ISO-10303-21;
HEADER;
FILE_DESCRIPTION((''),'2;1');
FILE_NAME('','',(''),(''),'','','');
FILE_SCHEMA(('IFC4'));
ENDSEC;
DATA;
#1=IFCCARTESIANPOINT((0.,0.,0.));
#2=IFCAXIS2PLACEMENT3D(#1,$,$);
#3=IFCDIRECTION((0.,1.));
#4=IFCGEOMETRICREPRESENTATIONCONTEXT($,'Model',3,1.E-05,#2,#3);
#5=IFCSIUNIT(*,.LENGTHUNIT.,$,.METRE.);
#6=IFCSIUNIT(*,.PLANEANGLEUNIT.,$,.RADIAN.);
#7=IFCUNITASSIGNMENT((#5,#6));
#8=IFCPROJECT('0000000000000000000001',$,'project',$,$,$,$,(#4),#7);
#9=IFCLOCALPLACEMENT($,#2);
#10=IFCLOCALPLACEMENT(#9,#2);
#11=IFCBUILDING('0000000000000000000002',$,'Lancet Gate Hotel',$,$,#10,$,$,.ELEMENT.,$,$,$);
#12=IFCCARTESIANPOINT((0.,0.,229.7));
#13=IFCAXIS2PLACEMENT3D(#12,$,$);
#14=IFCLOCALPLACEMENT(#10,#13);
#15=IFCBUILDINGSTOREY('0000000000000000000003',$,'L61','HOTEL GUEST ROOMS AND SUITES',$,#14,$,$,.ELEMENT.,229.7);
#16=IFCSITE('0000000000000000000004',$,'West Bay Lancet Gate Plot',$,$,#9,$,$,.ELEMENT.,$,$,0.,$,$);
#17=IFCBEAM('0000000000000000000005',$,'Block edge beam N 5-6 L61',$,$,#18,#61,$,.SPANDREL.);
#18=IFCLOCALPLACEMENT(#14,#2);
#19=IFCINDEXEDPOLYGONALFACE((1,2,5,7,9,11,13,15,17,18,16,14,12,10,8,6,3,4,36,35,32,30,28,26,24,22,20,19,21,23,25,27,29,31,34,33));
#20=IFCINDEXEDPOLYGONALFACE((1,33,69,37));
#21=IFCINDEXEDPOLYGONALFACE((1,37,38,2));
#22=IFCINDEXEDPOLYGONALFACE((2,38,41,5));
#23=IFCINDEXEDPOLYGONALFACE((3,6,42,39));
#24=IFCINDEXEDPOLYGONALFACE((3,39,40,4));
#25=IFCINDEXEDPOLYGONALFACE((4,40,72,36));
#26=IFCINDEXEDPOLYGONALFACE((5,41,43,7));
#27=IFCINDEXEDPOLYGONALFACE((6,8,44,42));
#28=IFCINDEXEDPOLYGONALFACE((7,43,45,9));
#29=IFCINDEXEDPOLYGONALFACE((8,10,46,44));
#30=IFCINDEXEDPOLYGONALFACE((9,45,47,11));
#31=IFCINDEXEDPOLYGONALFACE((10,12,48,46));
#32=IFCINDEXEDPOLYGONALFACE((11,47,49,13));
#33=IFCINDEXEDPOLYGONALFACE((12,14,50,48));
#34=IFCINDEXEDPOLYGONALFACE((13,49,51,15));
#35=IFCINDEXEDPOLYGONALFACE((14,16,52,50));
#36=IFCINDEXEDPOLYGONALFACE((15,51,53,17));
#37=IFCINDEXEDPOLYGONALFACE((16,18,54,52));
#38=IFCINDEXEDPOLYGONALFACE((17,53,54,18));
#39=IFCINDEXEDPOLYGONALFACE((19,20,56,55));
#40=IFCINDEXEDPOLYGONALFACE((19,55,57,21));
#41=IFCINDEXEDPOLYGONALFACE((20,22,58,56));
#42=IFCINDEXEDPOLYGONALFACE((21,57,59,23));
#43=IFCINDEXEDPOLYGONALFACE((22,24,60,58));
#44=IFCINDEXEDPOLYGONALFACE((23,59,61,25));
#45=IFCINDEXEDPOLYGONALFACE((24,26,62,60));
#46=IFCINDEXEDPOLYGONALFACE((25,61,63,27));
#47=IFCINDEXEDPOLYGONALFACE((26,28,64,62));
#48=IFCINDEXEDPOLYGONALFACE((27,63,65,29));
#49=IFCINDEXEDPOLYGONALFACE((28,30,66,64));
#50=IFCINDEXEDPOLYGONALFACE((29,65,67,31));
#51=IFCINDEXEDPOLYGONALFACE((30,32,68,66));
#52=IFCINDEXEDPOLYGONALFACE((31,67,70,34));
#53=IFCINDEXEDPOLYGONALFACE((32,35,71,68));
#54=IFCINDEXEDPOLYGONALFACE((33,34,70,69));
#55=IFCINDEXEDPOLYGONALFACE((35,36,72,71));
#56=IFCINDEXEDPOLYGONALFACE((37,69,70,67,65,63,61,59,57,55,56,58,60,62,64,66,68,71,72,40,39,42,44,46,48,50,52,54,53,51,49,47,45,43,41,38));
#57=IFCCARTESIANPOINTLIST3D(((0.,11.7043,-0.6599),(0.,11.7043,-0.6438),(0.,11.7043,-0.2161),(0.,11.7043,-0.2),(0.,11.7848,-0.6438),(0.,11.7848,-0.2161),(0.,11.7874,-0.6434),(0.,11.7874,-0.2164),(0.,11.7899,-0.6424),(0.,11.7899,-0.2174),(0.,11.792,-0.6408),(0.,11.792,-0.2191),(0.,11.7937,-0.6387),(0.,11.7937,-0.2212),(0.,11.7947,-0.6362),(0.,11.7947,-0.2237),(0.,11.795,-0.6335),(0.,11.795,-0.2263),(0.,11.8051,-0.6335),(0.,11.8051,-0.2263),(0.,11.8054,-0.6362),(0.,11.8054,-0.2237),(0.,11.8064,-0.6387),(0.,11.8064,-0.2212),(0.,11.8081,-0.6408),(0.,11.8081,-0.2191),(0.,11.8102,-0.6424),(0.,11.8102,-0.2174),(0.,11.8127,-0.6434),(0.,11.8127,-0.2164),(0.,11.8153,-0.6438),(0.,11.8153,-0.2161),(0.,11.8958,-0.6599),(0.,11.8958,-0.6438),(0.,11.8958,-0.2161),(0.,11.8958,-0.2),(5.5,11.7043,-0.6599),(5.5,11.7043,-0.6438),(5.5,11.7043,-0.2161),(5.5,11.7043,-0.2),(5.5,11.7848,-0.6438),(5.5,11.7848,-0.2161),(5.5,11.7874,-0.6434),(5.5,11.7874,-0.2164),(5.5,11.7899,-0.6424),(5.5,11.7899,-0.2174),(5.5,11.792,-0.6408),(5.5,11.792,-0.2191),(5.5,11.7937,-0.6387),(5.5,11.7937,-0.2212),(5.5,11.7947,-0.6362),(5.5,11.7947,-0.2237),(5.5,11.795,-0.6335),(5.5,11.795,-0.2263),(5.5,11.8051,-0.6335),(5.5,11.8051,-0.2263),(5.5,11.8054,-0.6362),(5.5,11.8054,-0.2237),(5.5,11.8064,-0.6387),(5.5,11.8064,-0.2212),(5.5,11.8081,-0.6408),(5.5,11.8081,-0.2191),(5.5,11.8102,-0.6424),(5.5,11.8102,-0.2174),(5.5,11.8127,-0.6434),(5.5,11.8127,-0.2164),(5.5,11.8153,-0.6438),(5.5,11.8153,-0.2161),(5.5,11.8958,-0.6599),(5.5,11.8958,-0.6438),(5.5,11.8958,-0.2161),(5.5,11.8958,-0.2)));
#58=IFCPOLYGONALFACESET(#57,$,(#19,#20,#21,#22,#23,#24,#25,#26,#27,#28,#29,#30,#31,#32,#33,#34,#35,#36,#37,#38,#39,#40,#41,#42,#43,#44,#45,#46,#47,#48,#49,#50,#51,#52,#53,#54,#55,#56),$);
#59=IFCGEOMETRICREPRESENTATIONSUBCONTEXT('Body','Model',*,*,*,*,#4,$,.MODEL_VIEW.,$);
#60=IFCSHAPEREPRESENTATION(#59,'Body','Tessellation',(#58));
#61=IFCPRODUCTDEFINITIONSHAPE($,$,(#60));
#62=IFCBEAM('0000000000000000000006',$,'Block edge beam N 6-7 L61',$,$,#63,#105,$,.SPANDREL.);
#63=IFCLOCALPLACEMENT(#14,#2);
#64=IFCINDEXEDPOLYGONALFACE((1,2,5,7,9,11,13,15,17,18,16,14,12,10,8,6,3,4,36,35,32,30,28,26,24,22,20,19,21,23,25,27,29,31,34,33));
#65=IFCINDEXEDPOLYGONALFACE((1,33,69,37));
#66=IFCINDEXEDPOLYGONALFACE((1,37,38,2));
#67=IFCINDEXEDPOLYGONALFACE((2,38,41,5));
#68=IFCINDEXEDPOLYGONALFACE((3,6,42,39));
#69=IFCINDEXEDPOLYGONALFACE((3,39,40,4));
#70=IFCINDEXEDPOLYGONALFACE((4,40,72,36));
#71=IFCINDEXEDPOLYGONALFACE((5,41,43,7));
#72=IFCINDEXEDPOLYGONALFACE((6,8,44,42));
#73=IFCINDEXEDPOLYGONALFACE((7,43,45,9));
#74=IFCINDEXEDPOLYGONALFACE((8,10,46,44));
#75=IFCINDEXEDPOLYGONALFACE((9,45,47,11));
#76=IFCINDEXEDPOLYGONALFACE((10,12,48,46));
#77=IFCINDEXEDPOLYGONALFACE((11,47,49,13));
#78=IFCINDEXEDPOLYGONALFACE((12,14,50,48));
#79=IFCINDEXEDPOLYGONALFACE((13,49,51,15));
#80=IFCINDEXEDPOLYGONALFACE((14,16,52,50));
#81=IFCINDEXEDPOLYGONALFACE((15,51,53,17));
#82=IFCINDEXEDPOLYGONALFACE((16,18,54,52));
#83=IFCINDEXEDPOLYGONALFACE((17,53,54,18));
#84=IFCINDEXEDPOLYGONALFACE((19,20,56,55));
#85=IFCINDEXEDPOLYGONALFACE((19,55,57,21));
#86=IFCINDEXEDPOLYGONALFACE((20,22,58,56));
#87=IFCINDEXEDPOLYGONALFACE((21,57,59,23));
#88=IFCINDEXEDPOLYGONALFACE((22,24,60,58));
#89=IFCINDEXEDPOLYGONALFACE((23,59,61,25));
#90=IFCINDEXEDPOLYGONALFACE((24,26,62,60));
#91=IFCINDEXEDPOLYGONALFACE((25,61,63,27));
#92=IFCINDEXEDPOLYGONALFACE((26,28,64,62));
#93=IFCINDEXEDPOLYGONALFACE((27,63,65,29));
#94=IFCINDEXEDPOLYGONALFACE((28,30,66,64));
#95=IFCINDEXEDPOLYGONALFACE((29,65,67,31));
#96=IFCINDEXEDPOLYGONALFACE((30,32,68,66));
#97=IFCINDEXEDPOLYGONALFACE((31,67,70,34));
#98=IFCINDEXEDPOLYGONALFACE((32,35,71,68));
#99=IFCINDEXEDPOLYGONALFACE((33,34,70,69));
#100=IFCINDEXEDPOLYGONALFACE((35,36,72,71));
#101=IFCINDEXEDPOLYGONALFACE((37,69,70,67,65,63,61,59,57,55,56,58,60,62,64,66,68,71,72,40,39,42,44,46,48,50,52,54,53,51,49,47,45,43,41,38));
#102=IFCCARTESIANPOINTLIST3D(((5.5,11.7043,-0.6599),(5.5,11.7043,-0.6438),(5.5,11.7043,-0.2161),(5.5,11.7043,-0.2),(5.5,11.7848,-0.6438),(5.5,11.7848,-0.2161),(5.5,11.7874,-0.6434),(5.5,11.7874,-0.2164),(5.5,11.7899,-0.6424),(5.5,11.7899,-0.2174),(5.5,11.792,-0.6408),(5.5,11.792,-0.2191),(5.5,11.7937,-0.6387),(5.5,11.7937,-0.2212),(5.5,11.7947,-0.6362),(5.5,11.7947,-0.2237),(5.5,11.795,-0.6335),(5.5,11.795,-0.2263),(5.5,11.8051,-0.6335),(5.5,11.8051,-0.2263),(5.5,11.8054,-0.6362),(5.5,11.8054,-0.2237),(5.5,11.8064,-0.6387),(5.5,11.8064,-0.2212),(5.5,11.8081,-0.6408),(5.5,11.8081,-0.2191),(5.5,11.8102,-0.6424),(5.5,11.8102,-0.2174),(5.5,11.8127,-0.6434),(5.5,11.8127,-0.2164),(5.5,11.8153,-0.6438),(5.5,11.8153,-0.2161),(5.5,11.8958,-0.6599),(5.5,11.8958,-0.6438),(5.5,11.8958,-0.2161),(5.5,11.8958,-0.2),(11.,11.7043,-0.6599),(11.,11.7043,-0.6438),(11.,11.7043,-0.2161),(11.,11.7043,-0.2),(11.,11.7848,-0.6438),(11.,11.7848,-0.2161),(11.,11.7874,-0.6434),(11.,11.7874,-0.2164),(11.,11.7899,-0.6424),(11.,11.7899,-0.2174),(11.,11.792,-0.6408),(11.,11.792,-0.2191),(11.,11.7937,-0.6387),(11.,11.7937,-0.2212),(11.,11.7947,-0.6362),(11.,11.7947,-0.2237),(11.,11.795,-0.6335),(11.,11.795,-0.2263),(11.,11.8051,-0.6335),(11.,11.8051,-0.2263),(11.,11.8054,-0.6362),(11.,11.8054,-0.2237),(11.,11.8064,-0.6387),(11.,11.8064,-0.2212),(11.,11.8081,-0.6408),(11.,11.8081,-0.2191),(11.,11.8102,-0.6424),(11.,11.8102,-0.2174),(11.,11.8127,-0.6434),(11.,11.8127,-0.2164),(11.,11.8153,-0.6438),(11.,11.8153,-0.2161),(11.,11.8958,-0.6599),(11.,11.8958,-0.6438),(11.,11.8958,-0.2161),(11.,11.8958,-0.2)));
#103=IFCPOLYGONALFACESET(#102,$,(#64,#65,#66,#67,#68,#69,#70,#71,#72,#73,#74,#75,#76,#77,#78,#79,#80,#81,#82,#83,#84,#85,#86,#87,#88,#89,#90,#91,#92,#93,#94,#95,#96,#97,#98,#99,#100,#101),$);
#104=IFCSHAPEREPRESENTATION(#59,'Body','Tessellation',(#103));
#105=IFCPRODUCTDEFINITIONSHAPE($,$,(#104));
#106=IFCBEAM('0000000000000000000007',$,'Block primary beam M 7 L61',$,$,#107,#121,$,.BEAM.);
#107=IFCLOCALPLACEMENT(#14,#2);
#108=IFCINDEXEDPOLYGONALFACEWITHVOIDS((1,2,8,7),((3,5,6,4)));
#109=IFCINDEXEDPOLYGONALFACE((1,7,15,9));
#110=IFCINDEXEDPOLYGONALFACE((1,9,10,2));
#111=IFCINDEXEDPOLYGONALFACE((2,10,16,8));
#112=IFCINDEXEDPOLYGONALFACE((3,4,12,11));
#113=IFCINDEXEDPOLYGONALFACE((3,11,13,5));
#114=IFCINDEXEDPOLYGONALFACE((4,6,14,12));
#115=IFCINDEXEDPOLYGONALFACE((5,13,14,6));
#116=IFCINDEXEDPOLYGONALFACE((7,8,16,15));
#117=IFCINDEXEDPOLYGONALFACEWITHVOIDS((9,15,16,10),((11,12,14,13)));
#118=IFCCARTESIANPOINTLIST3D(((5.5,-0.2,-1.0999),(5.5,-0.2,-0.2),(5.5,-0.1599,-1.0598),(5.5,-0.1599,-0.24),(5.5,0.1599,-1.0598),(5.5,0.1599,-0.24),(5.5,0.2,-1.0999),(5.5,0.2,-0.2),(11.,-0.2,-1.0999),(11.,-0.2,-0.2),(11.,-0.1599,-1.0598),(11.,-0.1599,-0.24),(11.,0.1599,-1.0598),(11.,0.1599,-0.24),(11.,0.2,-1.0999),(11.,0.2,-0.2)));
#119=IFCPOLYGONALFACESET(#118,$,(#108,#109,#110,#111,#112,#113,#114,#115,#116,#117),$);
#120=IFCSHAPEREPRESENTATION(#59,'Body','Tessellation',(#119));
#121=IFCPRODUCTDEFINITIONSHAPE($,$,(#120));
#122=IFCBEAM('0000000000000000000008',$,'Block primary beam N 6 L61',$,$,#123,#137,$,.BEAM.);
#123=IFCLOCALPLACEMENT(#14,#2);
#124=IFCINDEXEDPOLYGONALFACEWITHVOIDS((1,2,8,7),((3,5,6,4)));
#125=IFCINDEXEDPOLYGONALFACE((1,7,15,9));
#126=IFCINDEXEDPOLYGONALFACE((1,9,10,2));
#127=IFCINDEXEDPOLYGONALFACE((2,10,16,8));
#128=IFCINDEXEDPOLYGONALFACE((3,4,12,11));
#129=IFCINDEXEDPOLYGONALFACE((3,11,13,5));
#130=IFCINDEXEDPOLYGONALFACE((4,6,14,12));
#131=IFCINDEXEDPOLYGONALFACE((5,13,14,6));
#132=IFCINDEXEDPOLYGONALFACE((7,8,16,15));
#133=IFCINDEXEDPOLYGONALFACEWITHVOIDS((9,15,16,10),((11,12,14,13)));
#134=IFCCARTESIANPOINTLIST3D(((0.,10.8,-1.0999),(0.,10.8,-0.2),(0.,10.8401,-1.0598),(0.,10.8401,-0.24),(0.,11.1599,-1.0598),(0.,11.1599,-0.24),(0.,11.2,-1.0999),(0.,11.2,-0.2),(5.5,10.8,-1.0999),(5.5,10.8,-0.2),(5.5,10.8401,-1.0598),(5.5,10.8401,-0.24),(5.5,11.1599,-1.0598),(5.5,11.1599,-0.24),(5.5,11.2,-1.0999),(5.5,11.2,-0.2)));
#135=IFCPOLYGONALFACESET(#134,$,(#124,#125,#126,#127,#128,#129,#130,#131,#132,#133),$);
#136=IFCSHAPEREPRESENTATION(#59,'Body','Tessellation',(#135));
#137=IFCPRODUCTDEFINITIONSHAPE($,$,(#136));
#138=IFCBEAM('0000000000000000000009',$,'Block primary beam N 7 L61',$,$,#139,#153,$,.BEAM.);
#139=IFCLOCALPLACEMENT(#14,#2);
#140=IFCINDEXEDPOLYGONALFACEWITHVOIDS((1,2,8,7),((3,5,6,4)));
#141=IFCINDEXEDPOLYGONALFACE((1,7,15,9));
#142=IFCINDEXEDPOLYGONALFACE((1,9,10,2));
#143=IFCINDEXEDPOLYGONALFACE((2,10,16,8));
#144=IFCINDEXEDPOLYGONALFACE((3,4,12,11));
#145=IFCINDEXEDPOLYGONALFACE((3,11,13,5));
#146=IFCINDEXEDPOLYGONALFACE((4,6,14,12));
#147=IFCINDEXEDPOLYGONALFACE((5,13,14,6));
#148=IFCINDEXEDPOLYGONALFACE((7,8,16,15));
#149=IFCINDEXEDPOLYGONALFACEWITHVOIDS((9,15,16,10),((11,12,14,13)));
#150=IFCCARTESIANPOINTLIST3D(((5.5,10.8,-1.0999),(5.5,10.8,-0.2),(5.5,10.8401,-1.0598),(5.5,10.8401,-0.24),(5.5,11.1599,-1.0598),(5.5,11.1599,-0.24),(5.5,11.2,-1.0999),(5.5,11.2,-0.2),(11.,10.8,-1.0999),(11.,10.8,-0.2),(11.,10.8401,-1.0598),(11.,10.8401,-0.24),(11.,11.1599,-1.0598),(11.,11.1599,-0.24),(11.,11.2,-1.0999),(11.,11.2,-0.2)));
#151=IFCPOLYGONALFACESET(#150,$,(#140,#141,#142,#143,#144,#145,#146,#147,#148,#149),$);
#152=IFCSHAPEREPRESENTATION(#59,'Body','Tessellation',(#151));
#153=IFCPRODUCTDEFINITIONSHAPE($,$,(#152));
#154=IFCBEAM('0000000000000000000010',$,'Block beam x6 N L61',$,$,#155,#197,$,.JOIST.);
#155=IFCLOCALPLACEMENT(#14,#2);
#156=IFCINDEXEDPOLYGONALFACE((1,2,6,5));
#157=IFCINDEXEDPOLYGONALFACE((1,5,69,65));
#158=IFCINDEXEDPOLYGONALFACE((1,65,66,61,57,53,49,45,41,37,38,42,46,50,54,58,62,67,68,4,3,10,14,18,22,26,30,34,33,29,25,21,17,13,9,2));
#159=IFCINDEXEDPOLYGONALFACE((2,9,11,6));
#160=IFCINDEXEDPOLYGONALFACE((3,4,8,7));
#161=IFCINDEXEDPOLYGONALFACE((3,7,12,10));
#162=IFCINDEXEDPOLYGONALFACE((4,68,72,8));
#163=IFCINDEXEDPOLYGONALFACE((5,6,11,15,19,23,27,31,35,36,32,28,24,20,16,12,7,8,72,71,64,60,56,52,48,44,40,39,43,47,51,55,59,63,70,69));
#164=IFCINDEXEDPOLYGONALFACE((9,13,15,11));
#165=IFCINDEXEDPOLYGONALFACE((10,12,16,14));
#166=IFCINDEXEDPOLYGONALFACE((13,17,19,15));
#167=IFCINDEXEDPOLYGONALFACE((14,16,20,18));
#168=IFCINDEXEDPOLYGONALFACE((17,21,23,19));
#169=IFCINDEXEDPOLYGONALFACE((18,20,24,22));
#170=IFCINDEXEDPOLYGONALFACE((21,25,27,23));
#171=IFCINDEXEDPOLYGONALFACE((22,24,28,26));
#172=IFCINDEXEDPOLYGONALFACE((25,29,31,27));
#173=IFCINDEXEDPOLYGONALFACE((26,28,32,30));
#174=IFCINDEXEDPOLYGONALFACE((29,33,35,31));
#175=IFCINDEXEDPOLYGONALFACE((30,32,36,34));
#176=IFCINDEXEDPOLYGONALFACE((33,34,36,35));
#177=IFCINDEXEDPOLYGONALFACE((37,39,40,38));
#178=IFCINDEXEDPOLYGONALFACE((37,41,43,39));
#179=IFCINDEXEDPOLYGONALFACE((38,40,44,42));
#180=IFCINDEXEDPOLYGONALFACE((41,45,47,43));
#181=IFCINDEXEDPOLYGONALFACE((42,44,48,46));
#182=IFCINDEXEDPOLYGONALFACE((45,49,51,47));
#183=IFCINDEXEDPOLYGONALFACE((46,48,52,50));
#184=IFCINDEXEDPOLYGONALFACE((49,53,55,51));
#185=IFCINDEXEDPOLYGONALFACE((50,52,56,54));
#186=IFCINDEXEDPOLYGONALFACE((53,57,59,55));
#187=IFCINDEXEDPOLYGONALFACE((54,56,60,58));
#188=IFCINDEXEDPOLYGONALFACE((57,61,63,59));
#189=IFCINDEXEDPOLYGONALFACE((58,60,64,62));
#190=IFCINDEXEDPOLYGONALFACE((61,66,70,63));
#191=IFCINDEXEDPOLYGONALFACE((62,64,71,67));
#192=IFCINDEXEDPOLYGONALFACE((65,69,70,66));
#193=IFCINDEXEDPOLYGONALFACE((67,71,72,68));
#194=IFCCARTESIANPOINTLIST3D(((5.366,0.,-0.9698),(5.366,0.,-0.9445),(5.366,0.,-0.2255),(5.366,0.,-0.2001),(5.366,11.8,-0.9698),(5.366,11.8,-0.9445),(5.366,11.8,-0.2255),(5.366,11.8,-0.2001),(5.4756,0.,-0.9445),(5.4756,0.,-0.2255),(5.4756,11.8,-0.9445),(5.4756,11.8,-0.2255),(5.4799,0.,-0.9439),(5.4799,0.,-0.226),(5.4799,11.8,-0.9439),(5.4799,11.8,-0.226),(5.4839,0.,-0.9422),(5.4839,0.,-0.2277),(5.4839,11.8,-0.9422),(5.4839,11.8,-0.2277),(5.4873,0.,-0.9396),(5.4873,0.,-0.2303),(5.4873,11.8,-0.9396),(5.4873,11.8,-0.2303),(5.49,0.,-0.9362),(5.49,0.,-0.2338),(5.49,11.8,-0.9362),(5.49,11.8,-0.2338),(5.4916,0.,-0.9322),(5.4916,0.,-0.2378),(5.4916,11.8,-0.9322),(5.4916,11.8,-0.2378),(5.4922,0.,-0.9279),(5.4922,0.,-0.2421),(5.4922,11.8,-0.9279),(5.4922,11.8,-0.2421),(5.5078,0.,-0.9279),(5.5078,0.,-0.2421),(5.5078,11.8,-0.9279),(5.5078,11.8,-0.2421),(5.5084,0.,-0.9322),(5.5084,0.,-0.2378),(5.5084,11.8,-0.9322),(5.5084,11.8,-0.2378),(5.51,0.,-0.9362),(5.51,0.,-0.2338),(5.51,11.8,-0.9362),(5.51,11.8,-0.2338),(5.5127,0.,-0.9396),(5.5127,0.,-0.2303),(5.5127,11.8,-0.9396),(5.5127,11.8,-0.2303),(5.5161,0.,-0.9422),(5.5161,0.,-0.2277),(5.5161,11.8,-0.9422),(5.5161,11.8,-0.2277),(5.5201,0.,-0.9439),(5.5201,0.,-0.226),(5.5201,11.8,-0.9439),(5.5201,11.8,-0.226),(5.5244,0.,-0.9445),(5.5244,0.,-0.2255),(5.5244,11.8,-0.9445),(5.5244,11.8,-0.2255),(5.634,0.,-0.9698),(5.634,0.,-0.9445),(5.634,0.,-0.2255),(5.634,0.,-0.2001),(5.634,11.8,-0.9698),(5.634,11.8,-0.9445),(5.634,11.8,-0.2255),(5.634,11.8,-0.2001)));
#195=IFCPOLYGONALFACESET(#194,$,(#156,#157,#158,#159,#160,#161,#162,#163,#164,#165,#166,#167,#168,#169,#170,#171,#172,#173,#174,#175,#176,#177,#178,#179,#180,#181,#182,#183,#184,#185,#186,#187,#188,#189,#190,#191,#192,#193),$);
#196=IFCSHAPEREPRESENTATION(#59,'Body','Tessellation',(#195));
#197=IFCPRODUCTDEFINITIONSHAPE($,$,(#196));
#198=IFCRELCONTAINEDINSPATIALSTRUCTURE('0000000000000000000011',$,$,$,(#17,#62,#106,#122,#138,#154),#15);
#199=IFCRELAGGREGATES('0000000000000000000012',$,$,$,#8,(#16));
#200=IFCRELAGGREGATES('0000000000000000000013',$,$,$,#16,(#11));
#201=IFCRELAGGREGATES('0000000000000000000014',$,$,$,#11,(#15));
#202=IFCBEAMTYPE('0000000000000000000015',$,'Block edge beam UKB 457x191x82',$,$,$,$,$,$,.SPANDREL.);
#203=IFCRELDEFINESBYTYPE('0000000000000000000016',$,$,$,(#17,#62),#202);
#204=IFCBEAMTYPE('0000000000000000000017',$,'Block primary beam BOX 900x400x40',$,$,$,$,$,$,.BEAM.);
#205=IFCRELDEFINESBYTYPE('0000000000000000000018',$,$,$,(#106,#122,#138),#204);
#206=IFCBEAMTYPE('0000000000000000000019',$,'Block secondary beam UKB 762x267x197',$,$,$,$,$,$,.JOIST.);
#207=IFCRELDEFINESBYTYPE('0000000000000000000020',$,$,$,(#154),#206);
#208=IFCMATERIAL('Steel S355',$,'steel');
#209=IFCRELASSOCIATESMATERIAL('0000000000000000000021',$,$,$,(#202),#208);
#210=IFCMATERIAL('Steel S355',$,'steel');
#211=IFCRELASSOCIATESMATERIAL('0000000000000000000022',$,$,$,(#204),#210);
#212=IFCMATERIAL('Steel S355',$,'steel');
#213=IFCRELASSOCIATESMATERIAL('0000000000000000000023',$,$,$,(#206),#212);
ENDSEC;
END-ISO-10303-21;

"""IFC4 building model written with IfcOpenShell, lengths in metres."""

from ifc_helpers import new_model, si_unit, direction, frame, origin, origin_2d, place, context, subcontext, project, spatial, hollow_rectangle, i_section, extrude, material, material_profile, profile_set, type_object, element, save


model = new_model("IFC4")

# Units and contexts
model_context = context("Model", 3, precision=1e-05, world=origin(), true_north=direction((0.0, 1.0)))
body_context = subcontext(model_context, "Body", "Model", "MODEL_VIEW")
ifc_project = project(units=[si_unit("LENGTHUNIT", "METRE"), si_unit("PLANEANGLEUNIT", "RADIAN")], contexts=[model_context])

# Site, building, storey
site_placement = place(None, origin())
site = spatial("IfcSite", under=ifc_project, at=site_placement, Name="West Bay Lancet Gate Plot", CompositionType="ELEMENT", RefElevation=0.0)
building_placement = place(site_placement, origin())
building = spatial("IfcBuilding", under=site, at=building_placement, Name="Lancet Gate Hotel", CompositionType="ELEMENT")
storey_placement = place(building_placement, frame((0.0, 0.0, 229.7)))
storey = spatial("IfcBuildingStorey", under=building, at=storey_placement, Name="L61", Description="HOTEL GUEST ROOMS AND SUITES", CompositionType="ELEMENT", Elevation=229.7)

# Beams
ifc_material_1 = material(Name="Steel S355", Category="steel")
ifc_material_profile_1 = material_profile(ifc_material_1, i_section(OverallWidth=0.1914, OverallDepth=0.46, WebThickness=0.01, FlangeThickness=0.0161, FilletRadius=0.0103, at=origin_2d()), Name="UKB 457x191x82")
ifc_profile_set_1 = profile_set([ifc_material_profile_1], Name="Steel S355")
beam_type_1 = type_object("IfcBeamType", Name="Block edge beam UKB 457x191x82", PredefinedType="SPANDREL", material=ifc_profile_set_1)
for number, where, z_axis, x_axis, name in (
    (1, (0.0, 11.8, -0.4299), (1.0, 0.0, 0.0), (0.0, 1.0, 0.0), "Block edge beam N 5-6 L61"),
    (2, (5.5, 11.8, -0.4299), (1.0, 0.0, 0.0), (0.0, 1.0, 0.0), "Block edge beam N 6-7 L61"),
):
    element("IfcBeam", number, at=place(storey_placement, frame(where, z_axis=z_axis, x_axis=x_axis)), inside=storey, type_object=beam_type_1, Name=name, PredefinedType="SPANDREL", context=body_context, shape_type="SweptSolid", body=[
        extrude(i_section(OverallWidth=0.1914, OverallDepth=0.46, WebThickness=0.01, FlangeThickness=0.0161, FilletRadius=0.0103, at=origin_2d()), origin(), (0.0, 0.0, 1.0), 5.5),
    ])
ifc_material_2 = material(Name="Steel S355", Category="steel")
ifc_material_profile_2 = material_profile(ifc_material_2, hollow_rectangle(XDim=0.3999, YDim=0.8999, WallThickness=0.04, at=origin_2d()), Name="BOX 900x400x40")
ifc_profile_set_2 = profile_set([ifc_material_profile_2], Name="Steel S355")
beam_type_2 = type_object("IfcBeamType", Name="Block primary beam BOX 900x400x40", PredefinedType="BEAM", material=ifc_profile_set_2)
for number, where, z_axis, x_axis, name in (
    (3, (5.5, 0.0, -0.6499), (1.0, 0.0, 0.0), (0.0, 1.0, 0.0), "Block primary beam M 7 L61"),
    (4, (0.0, 11.0, -0.6499), (1.0, 0.0, 0.0), (0.0, 1.0, 0.0), "Block primary beam N 6 L61"),
    (5, (5.5, 11.0, -0.6499), (1.0, 0.0, 0.0), (0.0, 1.0, 0.0), "Block primary beam N 7 L61"),
):
    element("IfcBeam", number, at=place(storey_placement, frame(where, z_axis=z_axis, x_axis=x_axis)), inside=storey, type_object=beam_type_2, Name=name, PredefinedType="BEAM", context=body_context, shape_type="SweptSolid", body=[
        extrude(hollow_rectangle(XDim=0.3999, YDim=0.8999, WallThickness=0.04, at=origin_2d()), origin(), (0.0, 0.0, 1.0), 5.5),
    ])
ifc_material_3 = material(Name="Steel S355", Category="steel")
ifc_material_profile_3 = material_profile(ifc_material_3, i_section(OverallWidth=0.2681, OverallDepth=0.7698, WebThickness=0.0156, FlangeThickness=0.0254, FilletRadius=0.0166, at=origin_2d()), Name="UKB 762x267x197")
ifc_profile_set_3 = profile_set([ifc_material_profile_3], Name="Steel S355")
beam_type_3 = type_object("IfcBeamType", Name="Block secondary beam UKB 762x267x197", PredefinedType="JOIST", material=ifc_profile_set_3)
beam_placement = place(storey_placement, frame((5.5, 0.0, -0.585), z_axis=(0.0, 1.0, 0.0), x_axis=(-1.0, 0.0, 0.0)))
element("IfcBeam", 6, at=beam_placement, inside=storey, type_object=beam_type_3, Name="Block beam x6 N L61", PredefinedType="JOIST", context=body_context, shape_type="SweptSolid", body=[
    extrude(i_section(OverallWidth=0.2681, OverallDepth=0.7698, WebThickness=0.0156, FlangeThickness=0.0254, FilletRadius=0.0166, at=origin_2d()), origin(), (0.0, 0.0, 1.0), 11.8),
])

save(model, "model.ifc")
